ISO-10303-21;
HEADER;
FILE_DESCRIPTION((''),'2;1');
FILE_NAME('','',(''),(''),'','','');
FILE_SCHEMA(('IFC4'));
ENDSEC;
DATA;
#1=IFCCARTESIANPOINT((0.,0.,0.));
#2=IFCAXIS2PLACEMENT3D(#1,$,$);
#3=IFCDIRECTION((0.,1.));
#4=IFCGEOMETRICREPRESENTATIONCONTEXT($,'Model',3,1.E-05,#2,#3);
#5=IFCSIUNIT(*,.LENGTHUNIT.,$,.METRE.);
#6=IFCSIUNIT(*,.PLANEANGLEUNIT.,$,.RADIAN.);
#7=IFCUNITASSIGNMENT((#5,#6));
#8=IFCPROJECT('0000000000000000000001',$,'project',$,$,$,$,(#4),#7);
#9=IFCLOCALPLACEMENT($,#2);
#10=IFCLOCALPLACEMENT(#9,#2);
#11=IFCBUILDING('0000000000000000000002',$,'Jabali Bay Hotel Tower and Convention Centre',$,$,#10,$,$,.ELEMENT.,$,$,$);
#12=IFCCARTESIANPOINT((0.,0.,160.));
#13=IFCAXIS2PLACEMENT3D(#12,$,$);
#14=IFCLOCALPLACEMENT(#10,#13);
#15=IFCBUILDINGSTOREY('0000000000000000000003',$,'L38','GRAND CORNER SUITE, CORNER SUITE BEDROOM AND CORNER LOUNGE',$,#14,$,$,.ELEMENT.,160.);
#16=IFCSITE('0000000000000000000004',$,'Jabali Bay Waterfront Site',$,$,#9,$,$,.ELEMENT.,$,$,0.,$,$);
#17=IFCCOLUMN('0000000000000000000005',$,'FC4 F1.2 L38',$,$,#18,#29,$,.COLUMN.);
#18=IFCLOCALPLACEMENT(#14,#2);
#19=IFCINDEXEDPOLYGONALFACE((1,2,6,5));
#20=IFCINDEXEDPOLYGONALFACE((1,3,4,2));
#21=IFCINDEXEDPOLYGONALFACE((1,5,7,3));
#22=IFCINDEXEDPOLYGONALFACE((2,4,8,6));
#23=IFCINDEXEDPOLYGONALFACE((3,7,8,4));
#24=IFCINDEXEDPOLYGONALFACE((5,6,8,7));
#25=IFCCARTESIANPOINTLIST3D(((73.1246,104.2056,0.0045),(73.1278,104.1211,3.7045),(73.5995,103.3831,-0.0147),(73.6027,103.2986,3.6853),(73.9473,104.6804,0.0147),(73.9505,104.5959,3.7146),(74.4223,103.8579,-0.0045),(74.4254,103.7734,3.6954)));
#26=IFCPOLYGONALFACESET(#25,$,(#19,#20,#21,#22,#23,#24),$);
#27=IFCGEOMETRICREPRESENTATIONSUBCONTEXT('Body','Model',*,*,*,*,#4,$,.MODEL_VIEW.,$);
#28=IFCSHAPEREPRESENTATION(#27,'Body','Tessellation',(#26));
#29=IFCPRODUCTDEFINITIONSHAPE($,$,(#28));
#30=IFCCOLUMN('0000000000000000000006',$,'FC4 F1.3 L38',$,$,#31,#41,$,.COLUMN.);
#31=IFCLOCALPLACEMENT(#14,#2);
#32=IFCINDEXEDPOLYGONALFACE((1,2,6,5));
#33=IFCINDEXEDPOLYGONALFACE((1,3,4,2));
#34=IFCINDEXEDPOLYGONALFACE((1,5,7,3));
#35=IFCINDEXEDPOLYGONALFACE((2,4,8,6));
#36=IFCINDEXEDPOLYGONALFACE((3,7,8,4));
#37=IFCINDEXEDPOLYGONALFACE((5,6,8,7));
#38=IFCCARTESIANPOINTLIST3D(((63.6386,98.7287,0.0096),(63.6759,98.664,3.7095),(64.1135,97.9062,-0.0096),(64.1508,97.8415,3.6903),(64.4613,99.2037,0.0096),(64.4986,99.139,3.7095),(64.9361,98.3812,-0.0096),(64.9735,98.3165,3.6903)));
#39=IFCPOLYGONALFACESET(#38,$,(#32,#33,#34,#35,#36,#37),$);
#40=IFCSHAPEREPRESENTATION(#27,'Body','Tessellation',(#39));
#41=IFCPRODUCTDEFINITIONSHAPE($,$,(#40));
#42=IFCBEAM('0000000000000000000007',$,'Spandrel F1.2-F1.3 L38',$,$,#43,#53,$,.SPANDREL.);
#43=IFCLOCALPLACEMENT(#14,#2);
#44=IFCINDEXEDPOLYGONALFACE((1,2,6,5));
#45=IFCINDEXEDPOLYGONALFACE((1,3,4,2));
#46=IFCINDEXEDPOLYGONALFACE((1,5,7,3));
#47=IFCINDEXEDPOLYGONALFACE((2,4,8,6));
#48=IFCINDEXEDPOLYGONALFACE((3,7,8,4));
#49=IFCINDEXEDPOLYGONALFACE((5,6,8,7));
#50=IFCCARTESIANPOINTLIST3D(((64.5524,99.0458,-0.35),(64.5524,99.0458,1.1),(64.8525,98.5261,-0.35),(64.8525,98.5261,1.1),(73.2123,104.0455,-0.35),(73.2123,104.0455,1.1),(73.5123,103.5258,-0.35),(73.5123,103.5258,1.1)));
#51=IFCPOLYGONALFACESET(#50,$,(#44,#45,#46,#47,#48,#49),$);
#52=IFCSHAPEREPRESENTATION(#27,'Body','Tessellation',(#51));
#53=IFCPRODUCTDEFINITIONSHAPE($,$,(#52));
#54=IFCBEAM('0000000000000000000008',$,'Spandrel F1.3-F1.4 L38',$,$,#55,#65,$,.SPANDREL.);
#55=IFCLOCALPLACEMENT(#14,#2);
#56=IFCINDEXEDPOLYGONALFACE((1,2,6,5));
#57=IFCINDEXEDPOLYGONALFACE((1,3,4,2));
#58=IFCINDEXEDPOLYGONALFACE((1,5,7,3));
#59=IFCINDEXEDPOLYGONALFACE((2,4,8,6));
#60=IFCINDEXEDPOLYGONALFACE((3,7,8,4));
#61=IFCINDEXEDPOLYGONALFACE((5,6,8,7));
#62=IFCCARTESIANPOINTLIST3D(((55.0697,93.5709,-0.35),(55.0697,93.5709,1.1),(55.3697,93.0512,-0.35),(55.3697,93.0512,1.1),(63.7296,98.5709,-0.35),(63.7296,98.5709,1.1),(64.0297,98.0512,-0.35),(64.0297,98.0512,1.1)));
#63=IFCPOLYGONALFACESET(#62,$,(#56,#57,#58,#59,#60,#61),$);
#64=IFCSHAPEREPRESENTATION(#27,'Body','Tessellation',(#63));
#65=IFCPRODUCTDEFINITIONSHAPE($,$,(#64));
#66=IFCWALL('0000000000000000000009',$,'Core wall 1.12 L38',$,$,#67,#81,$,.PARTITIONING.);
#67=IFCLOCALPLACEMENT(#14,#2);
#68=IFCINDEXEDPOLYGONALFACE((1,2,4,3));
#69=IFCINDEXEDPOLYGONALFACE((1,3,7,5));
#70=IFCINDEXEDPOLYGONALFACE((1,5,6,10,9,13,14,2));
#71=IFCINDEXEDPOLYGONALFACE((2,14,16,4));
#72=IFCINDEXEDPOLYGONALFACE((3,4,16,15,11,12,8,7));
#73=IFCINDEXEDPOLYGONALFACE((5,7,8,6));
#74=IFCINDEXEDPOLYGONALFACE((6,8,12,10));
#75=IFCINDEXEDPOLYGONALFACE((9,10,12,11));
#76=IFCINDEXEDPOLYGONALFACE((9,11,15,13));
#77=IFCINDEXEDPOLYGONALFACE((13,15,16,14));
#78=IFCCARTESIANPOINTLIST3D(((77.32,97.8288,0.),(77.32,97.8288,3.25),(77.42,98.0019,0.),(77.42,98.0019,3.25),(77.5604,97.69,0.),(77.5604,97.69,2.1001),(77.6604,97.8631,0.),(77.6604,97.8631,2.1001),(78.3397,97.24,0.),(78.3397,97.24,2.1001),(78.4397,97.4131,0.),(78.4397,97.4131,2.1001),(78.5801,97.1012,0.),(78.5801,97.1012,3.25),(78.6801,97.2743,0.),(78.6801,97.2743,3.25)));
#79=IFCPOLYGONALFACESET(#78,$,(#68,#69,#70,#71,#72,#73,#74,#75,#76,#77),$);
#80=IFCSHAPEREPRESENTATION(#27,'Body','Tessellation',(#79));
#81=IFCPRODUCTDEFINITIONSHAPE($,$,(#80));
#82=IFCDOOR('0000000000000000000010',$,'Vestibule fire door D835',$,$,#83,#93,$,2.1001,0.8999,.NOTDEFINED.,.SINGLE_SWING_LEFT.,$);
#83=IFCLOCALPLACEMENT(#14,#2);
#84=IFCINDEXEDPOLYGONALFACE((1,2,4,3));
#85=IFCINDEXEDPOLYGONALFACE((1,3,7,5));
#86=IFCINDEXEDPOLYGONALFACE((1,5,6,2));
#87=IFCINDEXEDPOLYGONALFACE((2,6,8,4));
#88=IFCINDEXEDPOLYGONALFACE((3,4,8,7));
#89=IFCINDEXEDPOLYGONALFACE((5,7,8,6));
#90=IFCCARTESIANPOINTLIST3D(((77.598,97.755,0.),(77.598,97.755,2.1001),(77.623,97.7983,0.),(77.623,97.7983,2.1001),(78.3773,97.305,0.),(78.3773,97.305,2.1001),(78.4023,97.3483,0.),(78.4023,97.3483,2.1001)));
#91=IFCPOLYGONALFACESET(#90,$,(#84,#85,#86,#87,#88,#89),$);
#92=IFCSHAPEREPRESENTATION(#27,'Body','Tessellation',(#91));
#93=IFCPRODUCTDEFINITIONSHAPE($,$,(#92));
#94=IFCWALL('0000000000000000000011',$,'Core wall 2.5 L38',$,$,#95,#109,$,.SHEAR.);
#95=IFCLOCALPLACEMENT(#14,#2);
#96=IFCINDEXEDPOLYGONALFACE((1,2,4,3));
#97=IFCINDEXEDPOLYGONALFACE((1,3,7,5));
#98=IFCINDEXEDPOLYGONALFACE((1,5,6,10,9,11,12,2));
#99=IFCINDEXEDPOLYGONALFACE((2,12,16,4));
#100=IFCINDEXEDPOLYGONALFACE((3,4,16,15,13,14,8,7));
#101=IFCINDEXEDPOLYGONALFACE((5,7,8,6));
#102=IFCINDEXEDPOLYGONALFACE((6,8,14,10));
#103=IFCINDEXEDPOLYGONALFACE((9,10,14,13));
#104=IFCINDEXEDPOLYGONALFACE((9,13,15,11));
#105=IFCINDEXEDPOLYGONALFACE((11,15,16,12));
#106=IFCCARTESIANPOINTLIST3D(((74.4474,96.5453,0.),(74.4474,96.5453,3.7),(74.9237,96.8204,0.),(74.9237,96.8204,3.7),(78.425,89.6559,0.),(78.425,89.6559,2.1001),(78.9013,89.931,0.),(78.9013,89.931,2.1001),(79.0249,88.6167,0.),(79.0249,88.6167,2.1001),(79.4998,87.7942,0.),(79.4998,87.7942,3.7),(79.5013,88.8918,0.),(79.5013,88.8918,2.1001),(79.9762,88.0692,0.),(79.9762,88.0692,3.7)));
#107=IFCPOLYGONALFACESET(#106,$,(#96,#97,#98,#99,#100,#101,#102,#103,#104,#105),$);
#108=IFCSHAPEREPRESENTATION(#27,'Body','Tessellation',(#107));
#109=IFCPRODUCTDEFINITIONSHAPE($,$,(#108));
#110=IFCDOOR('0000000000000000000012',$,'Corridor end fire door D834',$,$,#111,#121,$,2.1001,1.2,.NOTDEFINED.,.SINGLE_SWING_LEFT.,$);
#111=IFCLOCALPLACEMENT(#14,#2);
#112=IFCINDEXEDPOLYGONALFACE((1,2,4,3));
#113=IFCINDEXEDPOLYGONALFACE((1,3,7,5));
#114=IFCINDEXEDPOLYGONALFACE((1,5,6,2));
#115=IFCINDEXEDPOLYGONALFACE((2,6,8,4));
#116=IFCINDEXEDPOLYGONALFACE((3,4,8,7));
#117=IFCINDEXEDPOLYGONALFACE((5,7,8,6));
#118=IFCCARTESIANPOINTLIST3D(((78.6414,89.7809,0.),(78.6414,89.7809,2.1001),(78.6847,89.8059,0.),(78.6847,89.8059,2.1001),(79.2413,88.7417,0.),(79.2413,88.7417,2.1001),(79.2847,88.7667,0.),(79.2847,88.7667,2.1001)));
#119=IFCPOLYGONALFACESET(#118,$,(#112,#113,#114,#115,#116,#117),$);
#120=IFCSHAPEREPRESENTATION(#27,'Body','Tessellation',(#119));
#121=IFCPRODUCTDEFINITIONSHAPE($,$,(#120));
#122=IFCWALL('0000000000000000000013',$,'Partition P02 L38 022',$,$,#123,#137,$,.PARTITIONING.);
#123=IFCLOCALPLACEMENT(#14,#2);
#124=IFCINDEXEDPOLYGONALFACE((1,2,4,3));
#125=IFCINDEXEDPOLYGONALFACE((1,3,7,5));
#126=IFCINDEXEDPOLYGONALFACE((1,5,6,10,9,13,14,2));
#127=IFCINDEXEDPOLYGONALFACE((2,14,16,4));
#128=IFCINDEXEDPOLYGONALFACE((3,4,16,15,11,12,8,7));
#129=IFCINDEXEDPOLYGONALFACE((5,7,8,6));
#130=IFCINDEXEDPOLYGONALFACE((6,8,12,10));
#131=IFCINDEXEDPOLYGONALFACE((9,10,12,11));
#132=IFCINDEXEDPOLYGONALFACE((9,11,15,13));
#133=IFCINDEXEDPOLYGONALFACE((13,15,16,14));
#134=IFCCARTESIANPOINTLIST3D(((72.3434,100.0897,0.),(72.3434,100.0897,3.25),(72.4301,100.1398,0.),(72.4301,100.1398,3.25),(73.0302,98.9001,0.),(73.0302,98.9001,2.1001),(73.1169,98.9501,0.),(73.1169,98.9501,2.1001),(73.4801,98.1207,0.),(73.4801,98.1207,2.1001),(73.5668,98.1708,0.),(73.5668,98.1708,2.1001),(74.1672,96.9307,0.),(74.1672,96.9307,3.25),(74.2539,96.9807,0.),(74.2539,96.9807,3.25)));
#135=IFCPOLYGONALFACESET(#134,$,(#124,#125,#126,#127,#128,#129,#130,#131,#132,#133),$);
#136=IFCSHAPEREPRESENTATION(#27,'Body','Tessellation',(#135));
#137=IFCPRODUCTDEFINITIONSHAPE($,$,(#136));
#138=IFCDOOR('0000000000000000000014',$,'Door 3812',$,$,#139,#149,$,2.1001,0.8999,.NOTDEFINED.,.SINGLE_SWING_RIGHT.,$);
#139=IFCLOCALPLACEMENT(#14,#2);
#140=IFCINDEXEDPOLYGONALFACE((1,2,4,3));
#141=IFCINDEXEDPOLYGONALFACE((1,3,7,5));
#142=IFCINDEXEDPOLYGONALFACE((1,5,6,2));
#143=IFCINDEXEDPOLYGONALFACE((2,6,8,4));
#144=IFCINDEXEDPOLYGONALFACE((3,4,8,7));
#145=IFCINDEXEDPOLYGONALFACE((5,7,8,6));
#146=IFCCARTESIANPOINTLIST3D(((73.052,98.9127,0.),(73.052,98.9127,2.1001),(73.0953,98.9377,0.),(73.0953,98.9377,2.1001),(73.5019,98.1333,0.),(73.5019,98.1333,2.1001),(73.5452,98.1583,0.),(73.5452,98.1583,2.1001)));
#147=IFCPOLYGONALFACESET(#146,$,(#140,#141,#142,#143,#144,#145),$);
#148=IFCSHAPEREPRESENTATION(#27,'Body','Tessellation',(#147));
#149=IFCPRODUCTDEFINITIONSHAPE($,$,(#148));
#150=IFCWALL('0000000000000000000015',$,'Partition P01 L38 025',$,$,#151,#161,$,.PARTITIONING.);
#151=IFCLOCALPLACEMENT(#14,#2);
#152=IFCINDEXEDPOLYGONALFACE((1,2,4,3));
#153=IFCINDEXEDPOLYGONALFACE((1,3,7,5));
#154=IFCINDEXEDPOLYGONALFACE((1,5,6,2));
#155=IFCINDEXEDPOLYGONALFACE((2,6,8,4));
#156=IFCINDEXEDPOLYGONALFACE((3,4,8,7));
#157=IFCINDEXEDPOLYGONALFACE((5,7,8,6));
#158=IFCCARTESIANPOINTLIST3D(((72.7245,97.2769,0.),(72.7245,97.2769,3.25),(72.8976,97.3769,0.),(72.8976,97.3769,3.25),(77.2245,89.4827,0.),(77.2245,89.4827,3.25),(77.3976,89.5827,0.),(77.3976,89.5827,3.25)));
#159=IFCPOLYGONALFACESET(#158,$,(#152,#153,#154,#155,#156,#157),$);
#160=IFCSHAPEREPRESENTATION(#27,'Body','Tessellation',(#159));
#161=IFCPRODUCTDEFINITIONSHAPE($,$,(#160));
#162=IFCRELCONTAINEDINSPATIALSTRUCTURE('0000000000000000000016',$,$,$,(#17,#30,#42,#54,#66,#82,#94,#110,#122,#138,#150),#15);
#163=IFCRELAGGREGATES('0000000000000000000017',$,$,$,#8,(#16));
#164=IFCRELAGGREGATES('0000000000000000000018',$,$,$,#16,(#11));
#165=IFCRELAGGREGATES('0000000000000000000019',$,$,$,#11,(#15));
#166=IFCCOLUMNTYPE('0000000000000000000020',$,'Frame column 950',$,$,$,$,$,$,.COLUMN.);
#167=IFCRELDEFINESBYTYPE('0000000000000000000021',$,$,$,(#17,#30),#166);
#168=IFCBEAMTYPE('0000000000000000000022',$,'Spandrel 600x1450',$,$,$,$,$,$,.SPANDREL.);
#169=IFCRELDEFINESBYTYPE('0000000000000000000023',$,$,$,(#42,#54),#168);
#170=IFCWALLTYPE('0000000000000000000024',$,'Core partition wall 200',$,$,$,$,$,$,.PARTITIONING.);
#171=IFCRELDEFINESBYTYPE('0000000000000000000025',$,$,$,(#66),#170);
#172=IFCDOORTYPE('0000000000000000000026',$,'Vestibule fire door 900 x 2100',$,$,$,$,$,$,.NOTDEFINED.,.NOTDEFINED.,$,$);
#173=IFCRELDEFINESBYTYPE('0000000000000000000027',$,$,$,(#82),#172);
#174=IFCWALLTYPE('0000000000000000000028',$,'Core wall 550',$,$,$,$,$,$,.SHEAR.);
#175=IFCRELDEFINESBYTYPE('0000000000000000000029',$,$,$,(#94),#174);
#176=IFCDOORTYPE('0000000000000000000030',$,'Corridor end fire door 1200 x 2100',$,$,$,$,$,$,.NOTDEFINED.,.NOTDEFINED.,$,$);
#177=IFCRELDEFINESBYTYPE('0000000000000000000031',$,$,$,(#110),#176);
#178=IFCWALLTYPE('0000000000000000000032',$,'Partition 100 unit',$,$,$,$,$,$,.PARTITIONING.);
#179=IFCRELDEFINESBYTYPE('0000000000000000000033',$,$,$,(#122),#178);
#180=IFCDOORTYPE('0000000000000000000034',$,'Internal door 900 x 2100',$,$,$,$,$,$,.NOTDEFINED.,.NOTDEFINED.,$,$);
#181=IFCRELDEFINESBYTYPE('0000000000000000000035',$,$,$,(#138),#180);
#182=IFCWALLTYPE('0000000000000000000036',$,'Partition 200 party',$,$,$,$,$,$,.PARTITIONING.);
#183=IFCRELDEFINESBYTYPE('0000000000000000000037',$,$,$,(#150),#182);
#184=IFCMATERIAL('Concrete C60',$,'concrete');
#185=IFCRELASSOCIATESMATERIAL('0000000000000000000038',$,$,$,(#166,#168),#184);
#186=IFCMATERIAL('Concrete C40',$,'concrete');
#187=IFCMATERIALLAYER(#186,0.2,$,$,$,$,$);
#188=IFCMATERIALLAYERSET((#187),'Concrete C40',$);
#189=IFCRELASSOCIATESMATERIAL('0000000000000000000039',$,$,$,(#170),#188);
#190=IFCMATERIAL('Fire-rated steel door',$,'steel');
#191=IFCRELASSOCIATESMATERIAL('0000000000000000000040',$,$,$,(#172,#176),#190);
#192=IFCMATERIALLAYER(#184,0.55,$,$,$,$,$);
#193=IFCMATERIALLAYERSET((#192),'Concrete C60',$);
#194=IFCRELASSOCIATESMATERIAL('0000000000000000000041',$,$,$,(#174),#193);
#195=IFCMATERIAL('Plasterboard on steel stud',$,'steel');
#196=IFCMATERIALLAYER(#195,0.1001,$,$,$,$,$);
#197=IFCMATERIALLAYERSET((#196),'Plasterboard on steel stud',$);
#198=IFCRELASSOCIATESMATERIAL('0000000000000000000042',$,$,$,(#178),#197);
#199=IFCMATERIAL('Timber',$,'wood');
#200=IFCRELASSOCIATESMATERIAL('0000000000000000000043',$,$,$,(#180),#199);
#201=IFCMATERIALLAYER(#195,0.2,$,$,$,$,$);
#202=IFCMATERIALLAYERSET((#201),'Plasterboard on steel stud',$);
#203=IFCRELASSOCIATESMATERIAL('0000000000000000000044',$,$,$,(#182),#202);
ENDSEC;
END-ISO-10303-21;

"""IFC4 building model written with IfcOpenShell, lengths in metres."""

from ifc_helpers import new_model, si_unit, direction, frame, frame_2d, origin, origin_2d, place, context, subcontext, project, spatial, rectangle, extrude, material, layer, layer_set, material_profile, profile_set, type_object, element, fill, save


model = new_model("IFC4")

# Units and contexts
model_context = context("Model", 3, precision=1e-05, world=origin(), true_north=direction((0.0, 1.0)))
body_context = subcontext(model_context, "Body", "Model", "MODEL_VIEW")
ifc_project = project(units=[si_unit("LENGTHUNIT", "METRE"), si_unit("PLANEANGLEUNIT", "RADIAN")], contexts=[model_context])

# Site, building, storey
site_placement = place(None, origin())
site = spatial("IfcSite", under=ifc_project, at=site_placement, Name="Jabali Bay Waterfront Site", CompositionType="ELEMENT", RefElevation=0.0)
building_placement = place(site_placement, origin())
building = spatial("IfcBuilding", under=site, at=building_placement, Name="Jabali Bay Hotel Tower and Convention Centre", CompositionType="ELEMENT")
storey_placement = place(building_placement, frame((0.0, 0.0, 160.0)))
storey = spatial("IfcBuildingStorey", under=building, at=storey_placement, Name="L38", Description="GRAND CORNER SUITE, CORNER SUITE BEDROOM AND CORNER LOUNGE", CompositionType="ELEMENT", Elevation=160.0)

# Columns
ifc_material_1 = material(Name="Concrete C60", Category="concrete")
ifc_material_profile_1 = material_profile(ifc_material_1, rectangle(XDim=0.95, YDim=0.95, at=origin_2d()), Name="Frame column 950")
ifc_profile_set_1 = profile_set([ifc_material_profile_1], Name="Concrete C60")
column_type = type_object("IfcColumnType", Name="Frame column 950", PredefinedType="COLUMN", material=ifc_profile_set_1)
column_1_placement = place(storey_placement, frame((73.7734, 104.0317, 0.0), z_axis=(0.000858, -0.022825, 0.999739), x_axis=(0.86606, 0.499826, 0.010668)))
element("IfcColumn", 1, at=column_1_placement, inside=storey, type_object=column_type, Name="FC4 F1.2 L38", PredefinedType="COLUMN", context=body_context, shape_type="SweptSolid", body=[
    extrude(rectangle(XDim=0.95, YDim=0.95, at=origin_2d()), origin(), (0.0, 0.0, 1.0), 3.7009),
])
column_2_placement = place(storey_placement, frame((64.2874, 98.5549, 0.0), z_axis=(0.010094, -0.017482, 0.999796), x_axis=(-0.499897, 0.86585, 0.020187)))
element("IfcColumn", 2, at=column_2_placement, inside=storey, type_object=column_type, Name="FC4 F1.3 L38", PredefinedType="COLUMN", context=body_context, shape_type="SweptSolid", body=[
    extrude(rectangle(XDim=0.95, YDim=0.95, at=origin_2d()), origin(), (0.0, 0.0, 1.0), 3.7007),
])

# Beams
ifc_material_profile_2 = material_profile(ifc_material_1, rectangle(XDim=0.6001, YDim=1.45, at=origin_2d()), Name="Spandrel 600x1450")
ifc_profile_set_2 = profile_set([ifc_material_profile_2], Name="Concrete C60")
beam_type = type_object("IfcBeamType", Name="Spandrel 600x1450", PredefinedType="SPANDREL", material=ifc_profile_set_2)
beam_1_placement = place(storey_placement, frame((73.3623, 103.7856, 0.375), z_axis=(-0.866027, -0.499996, 0.0), x_axis=(0.499996, -0.866027, 0.0)))
element("IfcBeam", 3, at=beam_1_placement, inside=storey, type_object=beam_type, Name="Spandrel F1.2-F1.3 L38", PredefinedType="SPANDREL", context=body_context, shape_type="SweptSolid", body=[
    extrude(rectangle(XDim=0.6001, YDim=1.45, at=origin_2d()), origin(), (0.0, 0.0, 1.0), 9.9995),
])
beam_2_placement = place(storey_placement, frame((63.8796, 98.311, 0.375), z_axis=(-0.866017, -0.500015, 0.0), x_axis=(0.500015, -0.866017, 0.0)))
element("IfcBeam", 4, at=beam_2_placement, inside=storey, type_object=beam_type, Name="Spandrel F1.3-F1.4 L38", PredefinedType="SPANDREL", context=body_context, shape_type="SweptSolid", body=[
    extrude(rectangle(XDim=0.6001, YDim=1.45, at=origin_2d()), origin(), (0.0, 0.0, 1.0), 9.9998),
])

# Walls, openings, doors
ifc_material_2 = material(Name="Concrete C40", Category="concrete")
ifc_layer_1 = layer(ifc_material_2, 0.2)
ifc_layer_set_1 = layer_set([ifc_layer_1], Name="Concrete C40")
wall_type_1 = type_object("IfcWallType", Name="Core partition wall 200", PredefinedType="PARTITIONING", material=ifc_layer_set_1)
wall_1_placement = place(storey_placement, frame((78.6301, 97.1877, 0.0), z_axis=(0.0, 0.0, 1.0), x_axis=(-0.866004, 0.500037, 0.0)))
wall_1 = element("IfcWall", 5, at=wall_1_placement, inside=storey, type_object=wall_type_1, Name="Core wall 1.12 L38", PredefinedType="PARTITIONING", context=body_context, shape_type="SweptSolid", body=[
    extrude(rectangle(XDim=1.4551, YDim=0.2, at=frame_2d((0.7275, 0.0))), origin(), (0.0, 0.0, 1.0), 3.25),
])
opening_1_placement = place(wall_1_placement, frame((0.2776, 0.0, 0.0)))
opening_1 = element("IfcOpeningElement", 6, at=opening_1_placement, cuts=wall_1, PredefinedType="OPENING", context=body_context, shape_type="SweptSolid", body=[
    extrude(rectangle(XDim=0.8999, YDim=2.1001, at=frame_2d((0.45, 1.05))), frame((0.0, 0.1104, 0.0), z_axis=(0.0, -1.0, 0.0), x_axis=(1.0, 0.0, 0.0)), (0.0, 0.0, 1.0), 0.2209),
])
ifc_material_3 = material(Name="Fire-rated steel door", Category="steel")
door_type_1 = type_object("IfcDoorType", Name="Vestibule fire door 900 x 2100", OperationType="NOTDEFINED", PredefinedType="NOTDEFINED", material=ifc_material_3)
door_1_placement = place(opening_1_placement, origin())
door_1 = element("IfcDoor", 7, at=door_1_placement, inside=storey, type_object=door_type_1, Name="Vestibule fire door D835", OperationType="SINGLE_SWING_LEFT", OverallHeight=2.1001, OverallWidth=0.8999, PredefinedType="NOTDEFINED", context=body_context, shape_type="SweptSolid", body=[
    extrude(rectangle(XDim=0.8999, YDim=2.1001, at=frame_2d((0.45, 1.05))), frame((0.0, 0.0249, 0.0), z_axis=(0.0, -1.0, 0.0), x_axis=(1.0, 0.0, 0.0)), (0.0, 0.0, 1.0), 0.05),
])
fill(opening_1, door_1)
ifc_layer_2 = layer(ifc_material_1, 0.55)
ifc_layer_set_2 = layer_set([ifc_layer_2], Name="Concrete C60")
wall_type_2 = type_object("IfcWallType", Name="Core wall 550", PredefinedType="SHEAR", material=ifc_layer_set_2)
wall_2_placement = place(storey_placement, frame((74.6855, 96.6829, 0.0), z_axis=(0.0, 0.0, 1.0), x_axis=(0.499998, -0.866027, 0.0)))
wall_2 = element("IfcWall", 8, at=wall_2_placement, inside=storey, type_object=wall_type_2, Name="Core wall 2.5 L38", PredefinedType="SHEAR", context=body_context, shape_type="SweptSolid", body=[
    extrude(rectangle(XDim=10.105, YDim=0.55, at=frame_2d((5.0525, 0.0))), origin(), (0.0, 0.0, 1.0), 3.7),
])
opening_2_placement = place(wall_2_placement, frame((7.9551, 0.0, 0.0)))
opening_2 = element("IfcOpeningElement", 9, at=opening_2_placement, cuts=wall_2, PredefinedType="OPENING", context=body_context, shape_type="SweptSolid", body=[
    extrude(rectangle(XDim=1.2, YDim=2.1001, at=frame_2d((0.6001, 1.05))), frame((0.0, 0.2856, 0.0), z_axis=(0.0, -1.0, 0.0), x_axis=(1.0, 0.0, 0.0)), (0.0, 0.0, 1.0), 0.571),
])
door_type_2 = type_object("IfcDoorType", Name="Corridor end fire door 1200 x 2100", OperationType="NOTDEFINED", PredefinedType="NOTDEFINED", material=ifc_material_3)
door_2_placement = place(opening_2_placement, origin())
door_2 = element("IfcDoor", 10, at=door_2_placement, inside=storey, type_object=door_type_2, Name="Corridor end fire door D834", OperationType="SINGLE_SWING_LEFT", OverallHeight=2.1001, OverallWidth=1.2, PredefinedType="NOTDEFINED", context=body_context, shape_type="SweptSolid", body=[
    extrude(rectangle(XDim=1.2, YDim=2.1001, at=frame_2d((0.6001, 1.05))), frame((0.0, 0.0249, 0.0), z_axis=(0.0, -1.0, 0.0), x_axis=(1.0, 0.0, 0.0)), (0.0, 0.0, 1.0), 0.05),
])
fill(opening_2, door_2)
ifc_material_4 = material(Name="Plasterboard on steel stud", Category="steel")
ifc_layer_3 = layer(ifc_material_4, 0.1001)
ifc_layer_set_3 = layer_set([ifc_layer_3], Name="Plasterboard on steel stud")
wall_type_3 = type_object("IfcWallType", Name="Partition 100 unit", PredefinedType="PARTITIONING", material=ifc_layer_set_3)
wall_3_placement = place(storey_placement, frame((74.2104, 96.9558, 0.0), z_axis=(0.0, 0.0, 1.0), x_axis=(-0.499983, 0.866035, 0.0)))
wall_3 = element("IfcWall", 11, at=wall_3_placement, inside=storey, type_object=wall_type_3, Name="Partition P02 L38 022", PredefinedType="PARTITIONING", context=body_context, shape_type="SweptSolid", body=[
    extrude(rectangle(XDim=3.6477, YDim=0.1001, at=frame_2d((1.8237, 0.0))), origin(), (0.0, 0.0, 1.0), 3.25),
])
opening_3_placement = place(wall_3_placement, frame((1.374, 0.0, 0.0)))
opening_3 = element("IfcOpeningElement", 12, at=opening_3_placement, cuts=wall_3, PredefinedType="OPENING", context=body_context, shape_type="SweptSolid", body=[
    extrude(rectangle(XDim=0.8999, YDim=2.1001, at=frame_2d((0.45, 1.05))), frame((0.0, 0.0605, 0.0), z_axis=(0.0, -1.0, 0.0), x_axis=(1.0, 0.0, 0.0)), (0.0, 0.0, 1.0), 0.1211),
])
ifc_material_5 = material(Name="Timber", Category="wood")
door_type_3 = type_object("IfcDoorType", Name="Internal door 900 x 2100", OperationType="NOTDEFINED", PredefinedType="NOTDEFINED", material=ifc_material_5)
door_3_placement = place(opening_3_placement, origin())
door_3 = element("IfcDoor", 13, at=door_3_placement, inside=storey, type_object=door_type_3, Name="Door 3812", OperationType="SINGLE_SWING_RIGHT", OverallHeight=2.1001, OverallWidth=0.8999, PredefinedType="NOTDEFINED", context=body_context, shape_type="SweptSolid", body=[
    extrude(rectangle(XDim=0.8999, YDim=2.1001, at=frame_2d((0.45, 1.05))), frame((0.0, 0.0249, 0.0), z_axis=(0.0, -1.0, 0.0), x_axis=(1.0, 0.0, 0.0)), (0.0, 0.0, 1.0), 0.05),
])
fill(opening_3, door_3)

# Wall
ifc_layer_4 = layer(ifc_material_4, 0.2)
ifc_layer_set_4 = layer_set([ifc_layer_4], Name="Plasterboard on steel stud")
wall_type_4 = type_object("IfcWallType", Name="Partition 200 party", PredefinedType="PARTITIONING", material=ifc_layer_set_4)
wall_4_placement = place(storey_placement, frame((72.811, 97.3269, 0.0), z_axis=(0.0, 0.0, 1.0), x_axis=(0.500002, -0.866024, 0.0)))
element("IfcWall", 14, at=wall_4_placement, inside=storey, type_object=wall_type_4, Name="Partition P01 L38 025", PredefinedType="PARTITIONING", context=body_context, shape_type="SweptSolid", body=[
    extrude(rectangle(XDim=9.0, YDim=0.2, at=frame_2d((4.5, 0.0))), origin(), (0.0, 0.0, 1.0), 3.25),
])

save(model, "model.ifc")
